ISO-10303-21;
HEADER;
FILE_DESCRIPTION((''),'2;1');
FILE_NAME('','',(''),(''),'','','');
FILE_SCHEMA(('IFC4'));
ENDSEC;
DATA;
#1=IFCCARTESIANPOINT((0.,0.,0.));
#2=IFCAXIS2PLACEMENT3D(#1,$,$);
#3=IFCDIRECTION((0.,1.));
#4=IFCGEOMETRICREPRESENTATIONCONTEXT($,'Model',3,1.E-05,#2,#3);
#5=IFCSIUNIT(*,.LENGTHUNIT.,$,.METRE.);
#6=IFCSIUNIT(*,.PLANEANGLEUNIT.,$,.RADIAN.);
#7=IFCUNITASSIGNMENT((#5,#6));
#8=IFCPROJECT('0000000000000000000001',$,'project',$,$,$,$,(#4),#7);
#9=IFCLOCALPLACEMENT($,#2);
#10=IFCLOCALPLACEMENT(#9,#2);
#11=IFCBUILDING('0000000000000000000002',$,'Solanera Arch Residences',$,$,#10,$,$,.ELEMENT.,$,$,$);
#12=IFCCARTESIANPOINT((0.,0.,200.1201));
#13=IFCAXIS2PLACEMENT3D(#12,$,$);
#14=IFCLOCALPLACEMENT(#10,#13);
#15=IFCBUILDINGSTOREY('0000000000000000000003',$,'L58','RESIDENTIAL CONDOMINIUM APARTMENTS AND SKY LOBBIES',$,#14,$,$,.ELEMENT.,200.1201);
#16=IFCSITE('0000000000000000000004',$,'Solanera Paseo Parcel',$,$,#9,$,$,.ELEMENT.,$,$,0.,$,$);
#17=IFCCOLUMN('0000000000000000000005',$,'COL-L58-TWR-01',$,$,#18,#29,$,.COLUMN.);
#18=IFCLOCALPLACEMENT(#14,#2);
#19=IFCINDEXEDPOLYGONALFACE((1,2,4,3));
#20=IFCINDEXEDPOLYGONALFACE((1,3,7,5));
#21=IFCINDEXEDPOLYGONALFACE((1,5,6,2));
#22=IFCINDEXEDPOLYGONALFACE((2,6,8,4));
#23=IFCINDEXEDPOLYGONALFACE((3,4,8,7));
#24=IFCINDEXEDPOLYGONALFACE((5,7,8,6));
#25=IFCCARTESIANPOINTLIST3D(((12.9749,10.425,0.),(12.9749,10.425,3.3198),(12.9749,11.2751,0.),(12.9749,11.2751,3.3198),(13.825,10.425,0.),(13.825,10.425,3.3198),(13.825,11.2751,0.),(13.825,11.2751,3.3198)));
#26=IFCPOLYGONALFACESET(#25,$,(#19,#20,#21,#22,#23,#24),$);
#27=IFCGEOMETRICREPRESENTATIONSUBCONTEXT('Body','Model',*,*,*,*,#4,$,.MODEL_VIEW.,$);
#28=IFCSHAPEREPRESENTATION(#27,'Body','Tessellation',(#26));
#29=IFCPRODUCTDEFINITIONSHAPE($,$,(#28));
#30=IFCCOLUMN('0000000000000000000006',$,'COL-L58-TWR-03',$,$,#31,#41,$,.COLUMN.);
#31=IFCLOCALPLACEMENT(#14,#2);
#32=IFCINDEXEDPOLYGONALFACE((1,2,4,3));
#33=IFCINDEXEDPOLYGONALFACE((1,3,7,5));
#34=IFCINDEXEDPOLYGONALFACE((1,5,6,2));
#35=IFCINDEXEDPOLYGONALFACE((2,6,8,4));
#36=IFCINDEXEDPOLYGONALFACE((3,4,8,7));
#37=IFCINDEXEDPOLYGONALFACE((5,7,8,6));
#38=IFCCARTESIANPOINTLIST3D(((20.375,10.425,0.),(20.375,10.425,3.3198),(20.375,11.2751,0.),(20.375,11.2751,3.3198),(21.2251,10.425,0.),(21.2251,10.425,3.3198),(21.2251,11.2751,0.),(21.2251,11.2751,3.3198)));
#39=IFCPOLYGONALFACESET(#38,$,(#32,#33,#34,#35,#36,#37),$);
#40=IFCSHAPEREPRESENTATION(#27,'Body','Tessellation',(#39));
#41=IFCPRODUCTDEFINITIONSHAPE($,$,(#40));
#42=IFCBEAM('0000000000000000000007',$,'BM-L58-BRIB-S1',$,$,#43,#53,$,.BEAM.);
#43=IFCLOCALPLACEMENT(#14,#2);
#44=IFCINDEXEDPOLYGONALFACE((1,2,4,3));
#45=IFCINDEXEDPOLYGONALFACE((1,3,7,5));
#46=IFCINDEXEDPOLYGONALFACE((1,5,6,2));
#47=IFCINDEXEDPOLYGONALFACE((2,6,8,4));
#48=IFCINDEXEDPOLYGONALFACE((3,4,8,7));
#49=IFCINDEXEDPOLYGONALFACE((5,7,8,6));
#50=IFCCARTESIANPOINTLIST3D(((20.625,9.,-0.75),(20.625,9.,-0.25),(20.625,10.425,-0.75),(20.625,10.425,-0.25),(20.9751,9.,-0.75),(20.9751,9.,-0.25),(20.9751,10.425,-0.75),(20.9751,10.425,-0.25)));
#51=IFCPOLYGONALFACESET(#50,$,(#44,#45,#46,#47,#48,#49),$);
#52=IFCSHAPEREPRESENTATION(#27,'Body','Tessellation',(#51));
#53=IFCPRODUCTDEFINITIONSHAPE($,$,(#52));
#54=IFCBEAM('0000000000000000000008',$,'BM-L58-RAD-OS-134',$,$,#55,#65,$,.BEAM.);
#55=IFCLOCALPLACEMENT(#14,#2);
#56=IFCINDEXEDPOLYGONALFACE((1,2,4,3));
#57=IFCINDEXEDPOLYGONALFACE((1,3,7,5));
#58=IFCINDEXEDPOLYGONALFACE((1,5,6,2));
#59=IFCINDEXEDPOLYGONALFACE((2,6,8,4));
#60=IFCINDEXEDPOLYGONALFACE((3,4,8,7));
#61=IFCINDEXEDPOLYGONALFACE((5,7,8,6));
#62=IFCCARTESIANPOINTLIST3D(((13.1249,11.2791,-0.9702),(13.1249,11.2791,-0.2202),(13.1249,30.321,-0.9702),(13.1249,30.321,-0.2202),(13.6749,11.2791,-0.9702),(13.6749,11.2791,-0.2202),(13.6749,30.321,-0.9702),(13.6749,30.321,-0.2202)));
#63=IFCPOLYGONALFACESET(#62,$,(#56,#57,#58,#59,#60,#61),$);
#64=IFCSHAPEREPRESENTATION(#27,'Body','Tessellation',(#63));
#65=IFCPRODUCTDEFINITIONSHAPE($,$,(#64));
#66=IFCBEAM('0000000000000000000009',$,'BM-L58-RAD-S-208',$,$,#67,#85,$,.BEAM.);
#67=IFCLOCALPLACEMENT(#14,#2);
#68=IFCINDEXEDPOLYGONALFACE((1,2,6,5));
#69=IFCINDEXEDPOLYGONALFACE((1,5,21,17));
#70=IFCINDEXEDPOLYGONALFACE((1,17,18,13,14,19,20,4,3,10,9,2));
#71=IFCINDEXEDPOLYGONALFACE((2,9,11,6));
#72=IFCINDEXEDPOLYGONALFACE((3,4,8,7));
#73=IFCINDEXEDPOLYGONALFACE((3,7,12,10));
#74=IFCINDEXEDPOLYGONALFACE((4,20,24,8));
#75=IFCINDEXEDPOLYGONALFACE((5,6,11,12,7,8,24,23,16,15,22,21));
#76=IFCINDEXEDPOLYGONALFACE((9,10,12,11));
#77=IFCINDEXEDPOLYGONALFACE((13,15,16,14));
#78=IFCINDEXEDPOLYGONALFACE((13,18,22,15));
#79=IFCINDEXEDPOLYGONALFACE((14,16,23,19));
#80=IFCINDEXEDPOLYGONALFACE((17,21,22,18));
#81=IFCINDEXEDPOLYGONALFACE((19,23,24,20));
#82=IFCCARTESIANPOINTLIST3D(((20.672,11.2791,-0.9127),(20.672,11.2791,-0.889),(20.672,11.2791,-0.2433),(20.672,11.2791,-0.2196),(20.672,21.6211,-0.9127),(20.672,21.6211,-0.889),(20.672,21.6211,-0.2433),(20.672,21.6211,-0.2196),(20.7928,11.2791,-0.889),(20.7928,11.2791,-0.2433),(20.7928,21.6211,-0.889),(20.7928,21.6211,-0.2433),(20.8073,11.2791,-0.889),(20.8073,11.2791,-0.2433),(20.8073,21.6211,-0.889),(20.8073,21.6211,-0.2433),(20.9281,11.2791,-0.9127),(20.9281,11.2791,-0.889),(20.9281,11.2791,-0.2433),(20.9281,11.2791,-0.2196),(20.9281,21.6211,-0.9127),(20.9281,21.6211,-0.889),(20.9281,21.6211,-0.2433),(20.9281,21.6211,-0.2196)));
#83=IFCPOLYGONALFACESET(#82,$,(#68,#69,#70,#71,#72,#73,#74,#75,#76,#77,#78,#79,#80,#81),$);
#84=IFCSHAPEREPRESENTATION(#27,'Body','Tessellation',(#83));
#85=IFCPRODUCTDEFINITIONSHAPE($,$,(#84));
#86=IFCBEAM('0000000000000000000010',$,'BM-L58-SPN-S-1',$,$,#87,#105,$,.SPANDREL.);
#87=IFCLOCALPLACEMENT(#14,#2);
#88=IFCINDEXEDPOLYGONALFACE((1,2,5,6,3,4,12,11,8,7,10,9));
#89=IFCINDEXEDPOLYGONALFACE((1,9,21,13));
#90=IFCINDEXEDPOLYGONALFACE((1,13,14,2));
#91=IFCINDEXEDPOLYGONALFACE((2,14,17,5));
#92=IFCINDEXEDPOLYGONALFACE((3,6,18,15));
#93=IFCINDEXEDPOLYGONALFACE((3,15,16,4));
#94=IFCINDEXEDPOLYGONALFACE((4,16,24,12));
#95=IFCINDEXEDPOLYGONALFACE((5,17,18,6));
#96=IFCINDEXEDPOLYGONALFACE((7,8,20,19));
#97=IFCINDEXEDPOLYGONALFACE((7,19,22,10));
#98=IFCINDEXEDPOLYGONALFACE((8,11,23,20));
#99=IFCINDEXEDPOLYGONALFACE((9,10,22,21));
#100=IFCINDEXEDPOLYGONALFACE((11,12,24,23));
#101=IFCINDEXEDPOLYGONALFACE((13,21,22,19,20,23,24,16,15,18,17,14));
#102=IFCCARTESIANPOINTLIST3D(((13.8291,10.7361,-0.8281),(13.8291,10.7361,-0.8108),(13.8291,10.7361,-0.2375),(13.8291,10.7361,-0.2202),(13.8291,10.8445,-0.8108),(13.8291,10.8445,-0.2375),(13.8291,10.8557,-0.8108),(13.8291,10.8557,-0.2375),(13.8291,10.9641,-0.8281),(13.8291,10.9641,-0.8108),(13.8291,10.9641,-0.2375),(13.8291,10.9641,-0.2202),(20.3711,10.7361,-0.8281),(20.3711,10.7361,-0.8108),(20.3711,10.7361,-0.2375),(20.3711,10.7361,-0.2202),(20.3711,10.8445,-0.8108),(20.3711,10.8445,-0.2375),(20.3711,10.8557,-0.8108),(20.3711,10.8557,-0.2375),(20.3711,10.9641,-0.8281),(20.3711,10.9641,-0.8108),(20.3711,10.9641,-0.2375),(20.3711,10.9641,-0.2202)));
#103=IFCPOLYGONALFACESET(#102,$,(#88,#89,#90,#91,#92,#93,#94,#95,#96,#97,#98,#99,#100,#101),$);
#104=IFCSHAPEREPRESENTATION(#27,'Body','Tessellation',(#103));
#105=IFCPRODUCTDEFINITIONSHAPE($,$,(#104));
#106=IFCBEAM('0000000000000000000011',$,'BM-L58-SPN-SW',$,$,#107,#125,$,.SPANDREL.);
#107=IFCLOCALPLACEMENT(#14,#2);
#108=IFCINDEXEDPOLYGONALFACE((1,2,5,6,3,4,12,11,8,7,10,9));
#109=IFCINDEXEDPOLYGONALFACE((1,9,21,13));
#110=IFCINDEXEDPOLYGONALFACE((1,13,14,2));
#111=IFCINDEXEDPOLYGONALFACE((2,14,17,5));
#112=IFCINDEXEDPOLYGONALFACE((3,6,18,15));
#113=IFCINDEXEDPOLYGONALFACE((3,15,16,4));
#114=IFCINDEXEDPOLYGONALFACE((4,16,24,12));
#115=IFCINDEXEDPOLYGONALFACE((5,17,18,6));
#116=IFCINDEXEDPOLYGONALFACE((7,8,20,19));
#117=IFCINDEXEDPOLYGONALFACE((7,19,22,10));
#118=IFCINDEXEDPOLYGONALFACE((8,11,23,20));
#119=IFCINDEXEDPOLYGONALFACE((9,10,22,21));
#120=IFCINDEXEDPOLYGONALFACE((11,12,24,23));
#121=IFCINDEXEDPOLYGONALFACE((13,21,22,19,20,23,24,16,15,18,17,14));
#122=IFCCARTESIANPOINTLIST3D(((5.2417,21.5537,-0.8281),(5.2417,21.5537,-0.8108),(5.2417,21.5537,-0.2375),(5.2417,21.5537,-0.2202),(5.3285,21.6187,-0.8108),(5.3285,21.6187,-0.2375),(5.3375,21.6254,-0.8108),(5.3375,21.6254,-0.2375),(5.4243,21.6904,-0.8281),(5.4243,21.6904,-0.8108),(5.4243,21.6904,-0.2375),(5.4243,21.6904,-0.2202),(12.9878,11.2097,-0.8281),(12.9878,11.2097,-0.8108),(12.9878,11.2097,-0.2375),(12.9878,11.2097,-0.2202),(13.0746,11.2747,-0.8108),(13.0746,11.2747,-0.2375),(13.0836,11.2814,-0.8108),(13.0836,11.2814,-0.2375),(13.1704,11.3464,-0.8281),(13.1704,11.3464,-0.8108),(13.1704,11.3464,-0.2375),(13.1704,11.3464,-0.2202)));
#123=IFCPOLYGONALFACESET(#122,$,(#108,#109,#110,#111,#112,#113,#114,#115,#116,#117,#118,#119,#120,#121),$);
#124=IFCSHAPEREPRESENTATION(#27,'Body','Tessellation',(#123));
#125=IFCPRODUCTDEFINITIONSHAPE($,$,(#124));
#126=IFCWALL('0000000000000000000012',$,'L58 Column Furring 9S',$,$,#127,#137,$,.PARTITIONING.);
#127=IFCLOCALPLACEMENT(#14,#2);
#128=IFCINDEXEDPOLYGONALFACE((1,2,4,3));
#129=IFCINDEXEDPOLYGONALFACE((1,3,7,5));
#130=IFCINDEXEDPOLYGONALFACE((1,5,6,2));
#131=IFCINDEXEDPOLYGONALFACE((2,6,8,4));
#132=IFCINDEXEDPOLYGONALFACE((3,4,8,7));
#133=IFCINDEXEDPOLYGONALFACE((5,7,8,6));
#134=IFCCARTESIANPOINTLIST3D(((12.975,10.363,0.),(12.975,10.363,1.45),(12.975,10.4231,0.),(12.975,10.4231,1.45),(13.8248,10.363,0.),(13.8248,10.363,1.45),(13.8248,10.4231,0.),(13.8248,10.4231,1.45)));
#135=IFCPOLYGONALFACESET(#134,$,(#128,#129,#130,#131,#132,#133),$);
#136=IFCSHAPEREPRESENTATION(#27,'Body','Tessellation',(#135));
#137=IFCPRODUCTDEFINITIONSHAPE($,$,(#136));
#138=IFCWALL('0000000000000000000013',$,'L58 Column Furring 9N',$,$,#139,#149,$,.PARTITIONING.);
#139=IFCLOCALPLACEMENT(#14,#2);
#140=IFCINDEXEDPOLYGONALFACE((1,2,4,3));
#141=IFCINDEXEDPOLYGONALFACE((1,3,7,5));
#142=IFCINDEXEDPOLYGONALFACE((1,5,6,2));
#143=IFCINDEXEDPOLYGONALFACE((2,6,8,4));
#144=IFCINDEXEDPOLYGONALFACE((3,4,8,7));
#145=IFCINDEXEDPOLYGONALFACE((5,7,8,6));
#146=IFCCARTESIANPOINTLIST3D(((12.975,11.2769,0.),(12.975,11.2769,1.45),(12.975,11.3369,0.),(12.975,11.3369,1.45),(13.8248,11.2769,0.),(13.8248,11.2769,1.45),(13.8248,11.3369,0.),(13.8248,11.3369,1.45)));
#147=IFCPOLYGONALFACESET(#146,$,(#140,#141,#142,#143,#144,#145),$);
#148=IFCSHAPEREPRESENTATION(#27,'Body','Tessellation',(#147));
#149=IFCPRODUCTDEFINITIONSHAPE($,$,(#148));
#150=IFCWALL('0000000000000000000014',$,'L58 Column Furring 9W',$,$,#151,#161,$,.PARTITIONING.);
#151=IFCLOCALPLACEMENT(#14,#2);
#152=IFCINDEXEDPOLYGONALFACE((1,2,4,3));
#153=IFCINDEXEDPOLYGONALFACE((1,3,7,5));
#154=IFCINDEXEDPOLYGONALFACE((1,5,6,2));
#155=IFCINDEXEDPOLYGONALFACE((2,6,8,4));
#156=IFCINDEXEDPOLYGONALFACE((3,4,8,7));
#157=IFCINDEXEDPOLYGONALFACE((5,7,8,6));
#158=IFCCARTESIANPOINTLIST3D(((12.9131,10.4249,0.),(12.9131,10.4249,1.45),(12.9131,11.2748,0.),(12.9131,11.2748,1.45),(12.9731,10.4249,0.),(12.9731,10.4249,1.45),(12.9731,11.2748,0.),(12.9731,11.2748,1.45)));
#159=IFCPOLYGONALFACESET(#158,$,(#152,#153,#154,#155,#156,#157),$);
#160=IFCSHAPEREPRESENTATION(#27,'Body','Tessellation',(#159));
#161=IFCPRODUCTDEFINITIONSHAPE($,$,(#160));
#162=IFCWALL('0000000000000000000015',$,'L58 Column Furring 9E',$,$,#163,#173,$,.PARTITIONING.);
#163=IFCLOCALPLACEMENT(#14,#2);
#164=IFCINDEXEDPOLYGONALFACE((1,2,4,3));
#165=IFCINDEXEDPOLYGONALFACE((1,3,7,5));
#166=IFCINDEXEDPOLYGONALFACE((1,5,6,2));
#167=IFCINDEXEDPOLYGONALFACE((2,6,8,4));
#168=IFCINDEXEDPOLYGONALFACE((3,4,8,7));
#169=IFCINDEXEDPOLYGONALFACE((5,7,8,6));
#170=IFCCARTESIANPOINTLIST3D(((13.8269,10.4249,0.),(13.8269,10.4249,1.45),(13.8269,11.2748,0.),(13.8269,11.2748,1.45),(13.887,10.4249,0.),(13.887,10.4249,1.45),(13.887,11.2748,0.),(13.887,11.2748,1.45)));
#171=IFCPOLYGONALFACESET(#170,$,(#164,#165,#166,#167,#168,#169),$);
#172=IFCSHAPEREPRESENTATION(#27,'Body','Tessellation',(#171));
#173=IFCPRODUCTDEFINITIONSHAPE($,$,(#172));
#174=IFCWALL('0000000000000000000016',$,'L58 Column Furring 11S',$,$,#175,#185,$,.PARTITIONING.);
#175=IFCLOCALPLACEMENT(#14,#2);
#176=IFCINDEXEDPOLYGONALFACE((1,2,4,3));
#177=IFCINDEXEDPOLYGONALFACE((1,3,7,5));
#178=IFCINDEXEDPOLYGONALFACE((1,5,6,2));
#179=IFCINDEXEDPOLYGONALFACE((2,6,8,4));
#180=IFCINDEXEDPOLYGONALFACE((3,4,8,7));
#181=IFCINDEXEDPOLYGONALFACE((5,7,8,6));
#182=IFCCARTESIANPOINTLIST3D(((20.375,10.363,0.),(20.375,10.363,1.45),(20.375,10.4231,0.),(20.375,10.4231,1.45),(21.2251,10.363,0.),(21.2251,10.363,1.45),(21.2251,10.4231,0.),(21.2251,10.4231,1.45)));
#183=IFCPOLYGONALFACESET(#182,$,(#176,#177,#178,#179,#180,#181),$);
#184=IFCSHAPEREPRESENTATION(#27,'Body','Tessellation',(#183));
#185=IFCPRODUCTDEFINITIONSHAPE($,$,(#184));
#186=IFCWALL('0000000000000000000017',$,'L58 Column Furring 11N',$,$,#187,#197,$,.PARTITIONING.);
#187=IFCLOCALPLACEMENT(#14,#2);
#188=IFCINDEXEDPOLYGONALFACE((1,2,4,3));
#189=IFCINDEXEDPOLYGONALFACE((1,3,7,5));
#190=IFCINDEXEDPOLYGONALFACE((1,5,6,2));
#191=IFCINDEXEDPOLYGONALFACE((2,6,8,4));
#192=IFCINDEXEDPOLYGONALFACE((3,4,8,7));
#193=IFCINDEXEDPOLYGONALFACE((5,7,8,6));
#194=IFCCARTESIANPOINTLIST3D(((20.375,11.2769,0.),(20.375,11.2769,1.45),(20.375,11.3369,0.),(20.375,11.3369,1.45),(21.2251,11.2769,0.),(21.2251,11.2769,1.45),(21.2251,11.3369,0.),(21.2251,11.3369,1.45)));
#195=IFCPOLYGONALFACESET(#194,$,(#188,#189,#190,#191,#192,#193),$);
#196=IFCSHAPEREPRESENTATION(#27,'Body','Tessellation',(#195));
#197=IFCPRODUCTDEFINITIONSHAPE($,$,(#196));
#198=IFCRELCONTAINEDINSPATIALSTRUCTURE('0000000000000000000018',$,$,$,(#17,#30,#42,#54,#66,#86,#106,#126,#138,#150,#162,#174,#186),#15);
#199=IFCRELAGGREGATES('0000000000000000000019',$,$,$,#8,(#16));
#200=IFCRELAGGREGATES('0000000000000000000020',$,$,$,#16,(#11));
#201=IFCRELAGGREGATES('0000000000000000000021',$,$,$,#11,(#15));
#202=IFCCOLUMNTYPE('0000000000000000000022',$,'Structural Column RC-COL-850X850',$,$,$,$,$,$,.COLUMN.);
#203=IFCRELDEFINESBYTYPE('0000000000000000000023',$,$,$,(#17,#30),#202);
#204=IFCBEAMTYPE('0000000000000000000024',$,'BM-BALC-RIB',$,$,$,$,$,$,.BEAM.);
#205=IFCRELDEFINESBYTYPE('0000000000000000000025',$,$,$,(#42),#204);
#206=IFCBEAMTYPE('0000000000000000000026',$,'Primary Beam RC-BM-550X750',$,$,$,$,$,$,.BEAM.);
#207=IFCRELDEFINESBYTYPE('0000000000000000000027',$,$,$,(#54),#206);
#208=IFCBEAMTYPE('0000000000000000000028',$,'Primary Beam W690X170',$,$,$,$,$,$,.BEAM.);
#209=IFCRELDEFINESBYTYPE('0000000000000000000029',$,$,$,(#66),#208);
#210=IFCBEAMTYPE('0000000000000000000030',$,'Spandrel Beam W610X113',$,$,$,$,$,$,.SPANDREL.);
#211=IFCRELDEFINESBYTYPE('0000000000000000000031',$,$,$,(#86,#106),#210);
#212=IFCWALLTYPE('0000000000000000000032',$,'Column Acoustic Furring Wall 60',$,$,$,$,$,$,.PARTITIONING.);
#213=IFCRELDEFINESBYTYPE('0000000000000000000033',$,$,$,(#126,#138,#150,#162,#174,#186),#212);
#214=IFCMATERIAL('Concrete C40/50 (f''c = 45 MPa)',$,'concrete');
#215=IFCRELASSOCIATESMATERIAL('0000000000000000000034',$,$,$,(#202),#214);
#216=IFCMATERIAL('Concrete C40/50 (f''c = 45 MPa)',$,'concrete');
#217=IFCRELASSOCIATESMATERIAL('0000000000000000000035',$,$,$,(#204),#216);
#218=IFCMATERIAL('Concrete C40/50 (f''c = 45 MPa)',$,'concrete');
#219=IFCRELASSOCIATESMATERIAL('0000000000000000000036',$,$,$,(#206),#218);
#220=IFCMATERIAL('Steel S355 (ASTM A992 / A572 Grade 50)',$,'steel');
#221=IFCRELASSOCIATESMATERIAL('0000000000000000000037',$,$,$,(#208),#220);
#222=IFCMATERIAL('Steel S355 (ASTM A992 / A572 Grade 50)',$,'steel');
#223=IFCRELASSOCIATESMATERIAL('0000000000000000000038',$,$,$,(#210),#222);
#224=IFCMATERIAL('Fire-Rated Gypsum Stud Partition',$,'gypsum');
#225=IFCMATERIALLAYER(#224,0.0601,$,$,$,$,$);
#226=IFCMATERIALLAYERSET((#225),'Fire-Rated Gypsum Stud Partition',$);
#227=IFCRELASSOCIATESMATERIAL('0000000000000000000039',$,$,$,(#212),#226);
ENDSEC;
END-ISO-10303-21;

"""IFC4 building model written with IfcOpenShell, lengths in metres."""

from ifc_helpers import new_model, si_unit, direction, frame, frame_2d, origin, origin_2d, place, context, subcontext, project, spatial, rectangle, i_section, extrude, material, layer, layer_set, material_profile, profile_set, type_object, element, save


model = new_model("IFC4")

# Units and contexts
model_context = context("Model", 3, precision=1e-05, world=origin(), true_north=direction((0.0, 1.0)))
body_context = subcontext(model_context, "Body", "Model", "MODEL_VIEW")
ifc_project = project(units=[si_unit("LENGTHUNIT", "METRE"), si_unit("PLANEANGLEUNIT", "RADIAN")], contexts=[model_context])

# Site, building, storey
site_placement = place(None, origin())
site = spatial("IfcSite", under=ifc_project, at=site_placement, Name="Solanera Paseo Parcel", CompositionType="ELEMENT", RefElevation=0.0)
building_placement = place(site_placement, origin())
building = spatial("IfcBuilding", under=site, at=building_placement, Name="Solanera Arch Residences", CompositionType="ELEMENT")
storey_placement = place(building_placement, frame((0.0, 0.0, 200.1201)))
storey = spatial("IfcBuildingStorey", under=building, at=storey_placement, Name="L58", Description="RESIDENTIAL CONDOMINIUM APARTMENTS AND SKY LOBBIES", CompositionType="ELEMENT", Elevation=200.1201)

# Columns
ifc_material_1 = material(Name="Concrete C40/50 (f'c = 45 MPa)", Category="concrete")
ifc_material_profile_1 = material_profile(ifc_material_1, rectangle(XDim=0.8501, YDim=0.8501, at=origin_2d()))
ifc_profile_set_1 = profile_set([ifc_material_profile_1], Name="Concrete C40/50 (f'c = 45 MPa)")
column_type = type_object("IfcColumnType", Name="Structural Column RC-COL-850X850", PredefinedType="COLUMN", material=ifc_profile_set_1)
for number, where, z_axis, x_axis, name in (
    (1, (13.3999, 10.8501, 0.0), (0.0, 0.0, 1.0), (1.0, 0.0, 0.0), "COL-L58-TWR-01"),
    (2, (20.8, 10.8501, 0.0), (0.0, 0.0, 1.0), (1.0, 0.0, 0.0), "COL-L58-TWR-03"),
):
    element("IfcColumn", number, at=place(storey_placement, frame(where, z_axis=z_axis, x_axis=x_axis)), inside=storey, type_object=column_type, Name=name, PredefinedType="COLUMN", context=body_context, shape_type="SweptSolid", body=[
        extrude(rectangle(XDim=0.8501, YDim=0.8501, at=origin_2d()), origin(), (0.0, 0.0, 1.0), 3.3198),
    ])

# Beams
ifc_material_2 = material(Name="Concrete C40/50 (f'c = 45 MPa)", Category="concrete")
ifc_material_profile_2 = material_profile(ifc_material_2, rectangle(XDim=0.3501, YDim=0.5, at=origin_2d()))
ifc_profile_set_2 = profile_set([ifc_material_profile_2], Name="Concrete C40/50 (f'c = 45 MPa)")
beam_type_1 = type_object("IfcBeamType", Name="BM-BALC-RIB", PredefinedType="BEAM", material=ifc_profile_set_2)
beam_1_placement = place(storey_placement, frame((20.8, 9.0, -0.5), z_axis=(0.0, 1.0, 0.0), x_axis=(-1.0, 0.0, 0.0)))
element("IfcBeam", 3, at=beam_1_placement, inside=storey, type_object=beam_type_1, Name="BM-L58-BRIB-S1", PredefinedType="BEAM", context=body_context, shape_type="SweptSolid", body=[
    extrude(rectangle(XDim=0.3501, YDim=0.5, at=origin_2d()), origin(), (0.0, 0.0, 1.0), 1.425),
])
ifc_material_3 = material(Name="Concrete C40/50 (f'c = 45 MPa)", Category="concrete")
ifc_material_profile_3 = material_profile(ifc_material_3, rectangle(XDim=0.55, YDim=0.75, at=origin_2d()))
ifc_profile_set_3 = profile_set([ifc_material_profile_3], Name="Concrete C40/50 (f'c = 45 MPa)")
beam_type_2 = type_object("IfcBeamType", Name="Primary Beam RC-BM-550X750", PredefinedType="BEAM", material=ifc_profile_set_3)
beam_2_placement = place(storey_placement, frame((13.3999, 11.2791, -0.5952), z_axis=(0.0, 1.0, 0.0), x_axis=(-1.0, 0.0, 0.0)))
element("IfcBeam", 4, at=beam_2_placement, inside=storey, type_object=beam_type_2, Name="BM-L58-RAD-OS-134", PredefinedType="BEAM", context=body_context, shape_type="SweptSolid", body=[
    extrude(rectangle(XDim=0.55, YDim=0.75, at=origin_2d()), origin(), (0.0, 0.0, 1.0), 19.042),
])
ifc_material_4 = material(Name="Steel S355 (ASTM A992 / A572 Grade 50)", Category="steel")
ifc_material_profile_4 = material_profile(ifc_material_4, i_section(OverallWidth=0.2561, OverallDepth=0.6931, WebThickness=0.0144, FlangeThickness=0.0237, at=origin_2d()))
ifc_profile_set_4 = profile_set([ifc_material_profile_4], Name="Steel S355 (ASTM A992 / A572 Grade 50)")
beam_type_3 = type_object("IfcBeamType", Name="Primary Beam W690X170", PredefinedType="BEAM", material=ifc_profile_set_4)
beam_3_placement = place(storey_placement, frame((20.8, 11.2791, -0.5662), z_axis=(0.0, 1.0, 0.0), x_axis=(-1.0, 0.0, 0.0)))
element("IfcBeam", 5, at=beam_3_placement, inside=storey, type_object=beam_type_3, Name="BM-L58-RAD-S-208", PredefinedType="BEAM", context=body_context, shape_type="SweptSolid", body=[
    extrude(i_section(OverallWidth=0.2561, OverallDepth=0.6931, WebThickness=0.0144, FlangeThickness=0.0237, at=origin_2d()), origin(), (0.0, 0.0, 1.0), 10.342),
])
ifc_material_5 = material(Name="Steel S355 (ASTM A992 / A572 Grade 50)", Category="steel")
ifc_material_profile_5 = material_profile(ifc_material_5, i_section(OverallWidth=0.228, OverallDepth=0.6079, WebThickness=0.0112, FlangeThickness=0.0173, at=origin_2d()))
ifc_profile_set_5 = profile_set([ifc_material_profile_5], Name="Steel S355 (ASTM A992 / A572 Grade 50)")
beam_type_4 = type_object("IfcBeamType", Name="Spandrel Beam W610X113", PredefinedType="SPANDREL", material=ifc_profile_set_5)
beam_4_placement = place(storey_placement, frame((13.8291, 10.8501, -0.5242), z_axis=(1.0, 0.0, 0.0), x_axis=(0.0, 1.0, 0.0)))
element("IfcBeam", 6, at=beam_4_placement, inside=storey, type_object=beam_type_4, Name="BM-L58-SPN-S-1", PredefinedType="SPANDREL", context=body_context, shape_type="SweptSolid", body=[
    extrude(i_section(OverallWidth=0.228, OverallDepth=0.6079, WebThickness=0.0112, FlangeThickness=0.0173, at=origin_2d()), origin(), (0.0, 0.0, 1.0), 6.542),
])
beam_5_placement = place(storey_placement, frame((13.0791, 11.2781, -0.5242), z_axis=(-0.59941, 0.800442, 0.0), x_axis=(-0.800442, -0.59941, 0.0)))
element("IfcBeam", 7, at=beam_5_placement, inside=storey, type_object=beam_type_4, Name="BM-L58-SPN-SW", PredefinedType="SPANDREL", context=body_context, shape_type="SweptSolid", body=[
    extrude(i_section(OverallWidth=0.228, OverallDepth=0.6079, WebThickness=0.0112, FlangeThickness=0.0173, at=origin_2d()), origin(), (0.0, 0.0, 1.0), 12.9229),
])

# Walls
ifc_material_6 = material(Name="Fire-Rated Gypsum Stud Partition", Category="gypsum")
ifc_layer_1 = layer(ifc_material_6, 0.0601)
ifc_layer_set_1 = layer_set([ifc_layer_1], Name="Fire-Rated Gypsum Stud Partition")
wall_type_1 = type_object("IfcWallType", Name="Column Acoustic Furring Wall 60", PredefinedType="PARTITIONING", material=ifc_layer_set_1)
for number, where, z_axis, x_axis, name in (
    (8, (12.9751, 10.3931, 0.0), (0.0, 0.0, 1.0), (1.0, 0.0, 0.0), "L58 Column Furring 9S"),
    (9, (12.9751, 11.3069, 0.0), (0.0, 0.0, 1.0), (1.0, 0.0, 0.0), "L58 Column Furring 9N"),
    (10, (12.9431, 10.425, 0.0), (0.0, 0.0, 1.0), (0.0, 1.0, 0.0), "L58 Column Furring 9W"),
    (11, (13.8569, 10.425, 0.0), (0.0, 0.0, 1.0), (0.0, 1.0, 0.0), "L58 Column Furring 9E"),
):
    element("IfcWall", number, at=place(storey_placement, frame(where, z_axis=z_axis, x_axis=x_axis)), inside=storey, type_object=wall_type_1, Name=name, PredefinedType="PARTITIONING", context=body_context, shape_type="SweptSolid", body=[
        extrude(rectangle(XDim=0.8499, YDim=0.0601, at=frame_2d((0.4248, 0.0))), origin(), (0.0, 0.0, 1.0), 1.45),
    ])
for number, where, z_axis, x_axis, name in (
    (12, (20.375, 10.3931, 0.0), (0.0, 0.0, 1.0), (1.0, 0.0, 0.0), "L58 Column Furring 11S"),
    (13, (20.375, 11.3069, 0.0), (0.0, 0.0, 1.0), (1.0, 0.0, 0.0), "L58 Column Furring 11N"),
):
    element("IfcWall", number, at=place(storey_placement, frame(where, z_axis=z_axis, x_axis=x_axis)), inside=storey, type_object=wall_type_1, Name=name, PredefinedType="PARTITIONING", context=body_context, shape_type="SweptSolid", body=[
        extrude(rectangle(XDim=0.8501, YDim=0.0601, at=frame_2d((0.425, 0.0))), origin(), (0.0, 0.0, 1.0), 1.45),
    ])

save(model, "model.ifc")
